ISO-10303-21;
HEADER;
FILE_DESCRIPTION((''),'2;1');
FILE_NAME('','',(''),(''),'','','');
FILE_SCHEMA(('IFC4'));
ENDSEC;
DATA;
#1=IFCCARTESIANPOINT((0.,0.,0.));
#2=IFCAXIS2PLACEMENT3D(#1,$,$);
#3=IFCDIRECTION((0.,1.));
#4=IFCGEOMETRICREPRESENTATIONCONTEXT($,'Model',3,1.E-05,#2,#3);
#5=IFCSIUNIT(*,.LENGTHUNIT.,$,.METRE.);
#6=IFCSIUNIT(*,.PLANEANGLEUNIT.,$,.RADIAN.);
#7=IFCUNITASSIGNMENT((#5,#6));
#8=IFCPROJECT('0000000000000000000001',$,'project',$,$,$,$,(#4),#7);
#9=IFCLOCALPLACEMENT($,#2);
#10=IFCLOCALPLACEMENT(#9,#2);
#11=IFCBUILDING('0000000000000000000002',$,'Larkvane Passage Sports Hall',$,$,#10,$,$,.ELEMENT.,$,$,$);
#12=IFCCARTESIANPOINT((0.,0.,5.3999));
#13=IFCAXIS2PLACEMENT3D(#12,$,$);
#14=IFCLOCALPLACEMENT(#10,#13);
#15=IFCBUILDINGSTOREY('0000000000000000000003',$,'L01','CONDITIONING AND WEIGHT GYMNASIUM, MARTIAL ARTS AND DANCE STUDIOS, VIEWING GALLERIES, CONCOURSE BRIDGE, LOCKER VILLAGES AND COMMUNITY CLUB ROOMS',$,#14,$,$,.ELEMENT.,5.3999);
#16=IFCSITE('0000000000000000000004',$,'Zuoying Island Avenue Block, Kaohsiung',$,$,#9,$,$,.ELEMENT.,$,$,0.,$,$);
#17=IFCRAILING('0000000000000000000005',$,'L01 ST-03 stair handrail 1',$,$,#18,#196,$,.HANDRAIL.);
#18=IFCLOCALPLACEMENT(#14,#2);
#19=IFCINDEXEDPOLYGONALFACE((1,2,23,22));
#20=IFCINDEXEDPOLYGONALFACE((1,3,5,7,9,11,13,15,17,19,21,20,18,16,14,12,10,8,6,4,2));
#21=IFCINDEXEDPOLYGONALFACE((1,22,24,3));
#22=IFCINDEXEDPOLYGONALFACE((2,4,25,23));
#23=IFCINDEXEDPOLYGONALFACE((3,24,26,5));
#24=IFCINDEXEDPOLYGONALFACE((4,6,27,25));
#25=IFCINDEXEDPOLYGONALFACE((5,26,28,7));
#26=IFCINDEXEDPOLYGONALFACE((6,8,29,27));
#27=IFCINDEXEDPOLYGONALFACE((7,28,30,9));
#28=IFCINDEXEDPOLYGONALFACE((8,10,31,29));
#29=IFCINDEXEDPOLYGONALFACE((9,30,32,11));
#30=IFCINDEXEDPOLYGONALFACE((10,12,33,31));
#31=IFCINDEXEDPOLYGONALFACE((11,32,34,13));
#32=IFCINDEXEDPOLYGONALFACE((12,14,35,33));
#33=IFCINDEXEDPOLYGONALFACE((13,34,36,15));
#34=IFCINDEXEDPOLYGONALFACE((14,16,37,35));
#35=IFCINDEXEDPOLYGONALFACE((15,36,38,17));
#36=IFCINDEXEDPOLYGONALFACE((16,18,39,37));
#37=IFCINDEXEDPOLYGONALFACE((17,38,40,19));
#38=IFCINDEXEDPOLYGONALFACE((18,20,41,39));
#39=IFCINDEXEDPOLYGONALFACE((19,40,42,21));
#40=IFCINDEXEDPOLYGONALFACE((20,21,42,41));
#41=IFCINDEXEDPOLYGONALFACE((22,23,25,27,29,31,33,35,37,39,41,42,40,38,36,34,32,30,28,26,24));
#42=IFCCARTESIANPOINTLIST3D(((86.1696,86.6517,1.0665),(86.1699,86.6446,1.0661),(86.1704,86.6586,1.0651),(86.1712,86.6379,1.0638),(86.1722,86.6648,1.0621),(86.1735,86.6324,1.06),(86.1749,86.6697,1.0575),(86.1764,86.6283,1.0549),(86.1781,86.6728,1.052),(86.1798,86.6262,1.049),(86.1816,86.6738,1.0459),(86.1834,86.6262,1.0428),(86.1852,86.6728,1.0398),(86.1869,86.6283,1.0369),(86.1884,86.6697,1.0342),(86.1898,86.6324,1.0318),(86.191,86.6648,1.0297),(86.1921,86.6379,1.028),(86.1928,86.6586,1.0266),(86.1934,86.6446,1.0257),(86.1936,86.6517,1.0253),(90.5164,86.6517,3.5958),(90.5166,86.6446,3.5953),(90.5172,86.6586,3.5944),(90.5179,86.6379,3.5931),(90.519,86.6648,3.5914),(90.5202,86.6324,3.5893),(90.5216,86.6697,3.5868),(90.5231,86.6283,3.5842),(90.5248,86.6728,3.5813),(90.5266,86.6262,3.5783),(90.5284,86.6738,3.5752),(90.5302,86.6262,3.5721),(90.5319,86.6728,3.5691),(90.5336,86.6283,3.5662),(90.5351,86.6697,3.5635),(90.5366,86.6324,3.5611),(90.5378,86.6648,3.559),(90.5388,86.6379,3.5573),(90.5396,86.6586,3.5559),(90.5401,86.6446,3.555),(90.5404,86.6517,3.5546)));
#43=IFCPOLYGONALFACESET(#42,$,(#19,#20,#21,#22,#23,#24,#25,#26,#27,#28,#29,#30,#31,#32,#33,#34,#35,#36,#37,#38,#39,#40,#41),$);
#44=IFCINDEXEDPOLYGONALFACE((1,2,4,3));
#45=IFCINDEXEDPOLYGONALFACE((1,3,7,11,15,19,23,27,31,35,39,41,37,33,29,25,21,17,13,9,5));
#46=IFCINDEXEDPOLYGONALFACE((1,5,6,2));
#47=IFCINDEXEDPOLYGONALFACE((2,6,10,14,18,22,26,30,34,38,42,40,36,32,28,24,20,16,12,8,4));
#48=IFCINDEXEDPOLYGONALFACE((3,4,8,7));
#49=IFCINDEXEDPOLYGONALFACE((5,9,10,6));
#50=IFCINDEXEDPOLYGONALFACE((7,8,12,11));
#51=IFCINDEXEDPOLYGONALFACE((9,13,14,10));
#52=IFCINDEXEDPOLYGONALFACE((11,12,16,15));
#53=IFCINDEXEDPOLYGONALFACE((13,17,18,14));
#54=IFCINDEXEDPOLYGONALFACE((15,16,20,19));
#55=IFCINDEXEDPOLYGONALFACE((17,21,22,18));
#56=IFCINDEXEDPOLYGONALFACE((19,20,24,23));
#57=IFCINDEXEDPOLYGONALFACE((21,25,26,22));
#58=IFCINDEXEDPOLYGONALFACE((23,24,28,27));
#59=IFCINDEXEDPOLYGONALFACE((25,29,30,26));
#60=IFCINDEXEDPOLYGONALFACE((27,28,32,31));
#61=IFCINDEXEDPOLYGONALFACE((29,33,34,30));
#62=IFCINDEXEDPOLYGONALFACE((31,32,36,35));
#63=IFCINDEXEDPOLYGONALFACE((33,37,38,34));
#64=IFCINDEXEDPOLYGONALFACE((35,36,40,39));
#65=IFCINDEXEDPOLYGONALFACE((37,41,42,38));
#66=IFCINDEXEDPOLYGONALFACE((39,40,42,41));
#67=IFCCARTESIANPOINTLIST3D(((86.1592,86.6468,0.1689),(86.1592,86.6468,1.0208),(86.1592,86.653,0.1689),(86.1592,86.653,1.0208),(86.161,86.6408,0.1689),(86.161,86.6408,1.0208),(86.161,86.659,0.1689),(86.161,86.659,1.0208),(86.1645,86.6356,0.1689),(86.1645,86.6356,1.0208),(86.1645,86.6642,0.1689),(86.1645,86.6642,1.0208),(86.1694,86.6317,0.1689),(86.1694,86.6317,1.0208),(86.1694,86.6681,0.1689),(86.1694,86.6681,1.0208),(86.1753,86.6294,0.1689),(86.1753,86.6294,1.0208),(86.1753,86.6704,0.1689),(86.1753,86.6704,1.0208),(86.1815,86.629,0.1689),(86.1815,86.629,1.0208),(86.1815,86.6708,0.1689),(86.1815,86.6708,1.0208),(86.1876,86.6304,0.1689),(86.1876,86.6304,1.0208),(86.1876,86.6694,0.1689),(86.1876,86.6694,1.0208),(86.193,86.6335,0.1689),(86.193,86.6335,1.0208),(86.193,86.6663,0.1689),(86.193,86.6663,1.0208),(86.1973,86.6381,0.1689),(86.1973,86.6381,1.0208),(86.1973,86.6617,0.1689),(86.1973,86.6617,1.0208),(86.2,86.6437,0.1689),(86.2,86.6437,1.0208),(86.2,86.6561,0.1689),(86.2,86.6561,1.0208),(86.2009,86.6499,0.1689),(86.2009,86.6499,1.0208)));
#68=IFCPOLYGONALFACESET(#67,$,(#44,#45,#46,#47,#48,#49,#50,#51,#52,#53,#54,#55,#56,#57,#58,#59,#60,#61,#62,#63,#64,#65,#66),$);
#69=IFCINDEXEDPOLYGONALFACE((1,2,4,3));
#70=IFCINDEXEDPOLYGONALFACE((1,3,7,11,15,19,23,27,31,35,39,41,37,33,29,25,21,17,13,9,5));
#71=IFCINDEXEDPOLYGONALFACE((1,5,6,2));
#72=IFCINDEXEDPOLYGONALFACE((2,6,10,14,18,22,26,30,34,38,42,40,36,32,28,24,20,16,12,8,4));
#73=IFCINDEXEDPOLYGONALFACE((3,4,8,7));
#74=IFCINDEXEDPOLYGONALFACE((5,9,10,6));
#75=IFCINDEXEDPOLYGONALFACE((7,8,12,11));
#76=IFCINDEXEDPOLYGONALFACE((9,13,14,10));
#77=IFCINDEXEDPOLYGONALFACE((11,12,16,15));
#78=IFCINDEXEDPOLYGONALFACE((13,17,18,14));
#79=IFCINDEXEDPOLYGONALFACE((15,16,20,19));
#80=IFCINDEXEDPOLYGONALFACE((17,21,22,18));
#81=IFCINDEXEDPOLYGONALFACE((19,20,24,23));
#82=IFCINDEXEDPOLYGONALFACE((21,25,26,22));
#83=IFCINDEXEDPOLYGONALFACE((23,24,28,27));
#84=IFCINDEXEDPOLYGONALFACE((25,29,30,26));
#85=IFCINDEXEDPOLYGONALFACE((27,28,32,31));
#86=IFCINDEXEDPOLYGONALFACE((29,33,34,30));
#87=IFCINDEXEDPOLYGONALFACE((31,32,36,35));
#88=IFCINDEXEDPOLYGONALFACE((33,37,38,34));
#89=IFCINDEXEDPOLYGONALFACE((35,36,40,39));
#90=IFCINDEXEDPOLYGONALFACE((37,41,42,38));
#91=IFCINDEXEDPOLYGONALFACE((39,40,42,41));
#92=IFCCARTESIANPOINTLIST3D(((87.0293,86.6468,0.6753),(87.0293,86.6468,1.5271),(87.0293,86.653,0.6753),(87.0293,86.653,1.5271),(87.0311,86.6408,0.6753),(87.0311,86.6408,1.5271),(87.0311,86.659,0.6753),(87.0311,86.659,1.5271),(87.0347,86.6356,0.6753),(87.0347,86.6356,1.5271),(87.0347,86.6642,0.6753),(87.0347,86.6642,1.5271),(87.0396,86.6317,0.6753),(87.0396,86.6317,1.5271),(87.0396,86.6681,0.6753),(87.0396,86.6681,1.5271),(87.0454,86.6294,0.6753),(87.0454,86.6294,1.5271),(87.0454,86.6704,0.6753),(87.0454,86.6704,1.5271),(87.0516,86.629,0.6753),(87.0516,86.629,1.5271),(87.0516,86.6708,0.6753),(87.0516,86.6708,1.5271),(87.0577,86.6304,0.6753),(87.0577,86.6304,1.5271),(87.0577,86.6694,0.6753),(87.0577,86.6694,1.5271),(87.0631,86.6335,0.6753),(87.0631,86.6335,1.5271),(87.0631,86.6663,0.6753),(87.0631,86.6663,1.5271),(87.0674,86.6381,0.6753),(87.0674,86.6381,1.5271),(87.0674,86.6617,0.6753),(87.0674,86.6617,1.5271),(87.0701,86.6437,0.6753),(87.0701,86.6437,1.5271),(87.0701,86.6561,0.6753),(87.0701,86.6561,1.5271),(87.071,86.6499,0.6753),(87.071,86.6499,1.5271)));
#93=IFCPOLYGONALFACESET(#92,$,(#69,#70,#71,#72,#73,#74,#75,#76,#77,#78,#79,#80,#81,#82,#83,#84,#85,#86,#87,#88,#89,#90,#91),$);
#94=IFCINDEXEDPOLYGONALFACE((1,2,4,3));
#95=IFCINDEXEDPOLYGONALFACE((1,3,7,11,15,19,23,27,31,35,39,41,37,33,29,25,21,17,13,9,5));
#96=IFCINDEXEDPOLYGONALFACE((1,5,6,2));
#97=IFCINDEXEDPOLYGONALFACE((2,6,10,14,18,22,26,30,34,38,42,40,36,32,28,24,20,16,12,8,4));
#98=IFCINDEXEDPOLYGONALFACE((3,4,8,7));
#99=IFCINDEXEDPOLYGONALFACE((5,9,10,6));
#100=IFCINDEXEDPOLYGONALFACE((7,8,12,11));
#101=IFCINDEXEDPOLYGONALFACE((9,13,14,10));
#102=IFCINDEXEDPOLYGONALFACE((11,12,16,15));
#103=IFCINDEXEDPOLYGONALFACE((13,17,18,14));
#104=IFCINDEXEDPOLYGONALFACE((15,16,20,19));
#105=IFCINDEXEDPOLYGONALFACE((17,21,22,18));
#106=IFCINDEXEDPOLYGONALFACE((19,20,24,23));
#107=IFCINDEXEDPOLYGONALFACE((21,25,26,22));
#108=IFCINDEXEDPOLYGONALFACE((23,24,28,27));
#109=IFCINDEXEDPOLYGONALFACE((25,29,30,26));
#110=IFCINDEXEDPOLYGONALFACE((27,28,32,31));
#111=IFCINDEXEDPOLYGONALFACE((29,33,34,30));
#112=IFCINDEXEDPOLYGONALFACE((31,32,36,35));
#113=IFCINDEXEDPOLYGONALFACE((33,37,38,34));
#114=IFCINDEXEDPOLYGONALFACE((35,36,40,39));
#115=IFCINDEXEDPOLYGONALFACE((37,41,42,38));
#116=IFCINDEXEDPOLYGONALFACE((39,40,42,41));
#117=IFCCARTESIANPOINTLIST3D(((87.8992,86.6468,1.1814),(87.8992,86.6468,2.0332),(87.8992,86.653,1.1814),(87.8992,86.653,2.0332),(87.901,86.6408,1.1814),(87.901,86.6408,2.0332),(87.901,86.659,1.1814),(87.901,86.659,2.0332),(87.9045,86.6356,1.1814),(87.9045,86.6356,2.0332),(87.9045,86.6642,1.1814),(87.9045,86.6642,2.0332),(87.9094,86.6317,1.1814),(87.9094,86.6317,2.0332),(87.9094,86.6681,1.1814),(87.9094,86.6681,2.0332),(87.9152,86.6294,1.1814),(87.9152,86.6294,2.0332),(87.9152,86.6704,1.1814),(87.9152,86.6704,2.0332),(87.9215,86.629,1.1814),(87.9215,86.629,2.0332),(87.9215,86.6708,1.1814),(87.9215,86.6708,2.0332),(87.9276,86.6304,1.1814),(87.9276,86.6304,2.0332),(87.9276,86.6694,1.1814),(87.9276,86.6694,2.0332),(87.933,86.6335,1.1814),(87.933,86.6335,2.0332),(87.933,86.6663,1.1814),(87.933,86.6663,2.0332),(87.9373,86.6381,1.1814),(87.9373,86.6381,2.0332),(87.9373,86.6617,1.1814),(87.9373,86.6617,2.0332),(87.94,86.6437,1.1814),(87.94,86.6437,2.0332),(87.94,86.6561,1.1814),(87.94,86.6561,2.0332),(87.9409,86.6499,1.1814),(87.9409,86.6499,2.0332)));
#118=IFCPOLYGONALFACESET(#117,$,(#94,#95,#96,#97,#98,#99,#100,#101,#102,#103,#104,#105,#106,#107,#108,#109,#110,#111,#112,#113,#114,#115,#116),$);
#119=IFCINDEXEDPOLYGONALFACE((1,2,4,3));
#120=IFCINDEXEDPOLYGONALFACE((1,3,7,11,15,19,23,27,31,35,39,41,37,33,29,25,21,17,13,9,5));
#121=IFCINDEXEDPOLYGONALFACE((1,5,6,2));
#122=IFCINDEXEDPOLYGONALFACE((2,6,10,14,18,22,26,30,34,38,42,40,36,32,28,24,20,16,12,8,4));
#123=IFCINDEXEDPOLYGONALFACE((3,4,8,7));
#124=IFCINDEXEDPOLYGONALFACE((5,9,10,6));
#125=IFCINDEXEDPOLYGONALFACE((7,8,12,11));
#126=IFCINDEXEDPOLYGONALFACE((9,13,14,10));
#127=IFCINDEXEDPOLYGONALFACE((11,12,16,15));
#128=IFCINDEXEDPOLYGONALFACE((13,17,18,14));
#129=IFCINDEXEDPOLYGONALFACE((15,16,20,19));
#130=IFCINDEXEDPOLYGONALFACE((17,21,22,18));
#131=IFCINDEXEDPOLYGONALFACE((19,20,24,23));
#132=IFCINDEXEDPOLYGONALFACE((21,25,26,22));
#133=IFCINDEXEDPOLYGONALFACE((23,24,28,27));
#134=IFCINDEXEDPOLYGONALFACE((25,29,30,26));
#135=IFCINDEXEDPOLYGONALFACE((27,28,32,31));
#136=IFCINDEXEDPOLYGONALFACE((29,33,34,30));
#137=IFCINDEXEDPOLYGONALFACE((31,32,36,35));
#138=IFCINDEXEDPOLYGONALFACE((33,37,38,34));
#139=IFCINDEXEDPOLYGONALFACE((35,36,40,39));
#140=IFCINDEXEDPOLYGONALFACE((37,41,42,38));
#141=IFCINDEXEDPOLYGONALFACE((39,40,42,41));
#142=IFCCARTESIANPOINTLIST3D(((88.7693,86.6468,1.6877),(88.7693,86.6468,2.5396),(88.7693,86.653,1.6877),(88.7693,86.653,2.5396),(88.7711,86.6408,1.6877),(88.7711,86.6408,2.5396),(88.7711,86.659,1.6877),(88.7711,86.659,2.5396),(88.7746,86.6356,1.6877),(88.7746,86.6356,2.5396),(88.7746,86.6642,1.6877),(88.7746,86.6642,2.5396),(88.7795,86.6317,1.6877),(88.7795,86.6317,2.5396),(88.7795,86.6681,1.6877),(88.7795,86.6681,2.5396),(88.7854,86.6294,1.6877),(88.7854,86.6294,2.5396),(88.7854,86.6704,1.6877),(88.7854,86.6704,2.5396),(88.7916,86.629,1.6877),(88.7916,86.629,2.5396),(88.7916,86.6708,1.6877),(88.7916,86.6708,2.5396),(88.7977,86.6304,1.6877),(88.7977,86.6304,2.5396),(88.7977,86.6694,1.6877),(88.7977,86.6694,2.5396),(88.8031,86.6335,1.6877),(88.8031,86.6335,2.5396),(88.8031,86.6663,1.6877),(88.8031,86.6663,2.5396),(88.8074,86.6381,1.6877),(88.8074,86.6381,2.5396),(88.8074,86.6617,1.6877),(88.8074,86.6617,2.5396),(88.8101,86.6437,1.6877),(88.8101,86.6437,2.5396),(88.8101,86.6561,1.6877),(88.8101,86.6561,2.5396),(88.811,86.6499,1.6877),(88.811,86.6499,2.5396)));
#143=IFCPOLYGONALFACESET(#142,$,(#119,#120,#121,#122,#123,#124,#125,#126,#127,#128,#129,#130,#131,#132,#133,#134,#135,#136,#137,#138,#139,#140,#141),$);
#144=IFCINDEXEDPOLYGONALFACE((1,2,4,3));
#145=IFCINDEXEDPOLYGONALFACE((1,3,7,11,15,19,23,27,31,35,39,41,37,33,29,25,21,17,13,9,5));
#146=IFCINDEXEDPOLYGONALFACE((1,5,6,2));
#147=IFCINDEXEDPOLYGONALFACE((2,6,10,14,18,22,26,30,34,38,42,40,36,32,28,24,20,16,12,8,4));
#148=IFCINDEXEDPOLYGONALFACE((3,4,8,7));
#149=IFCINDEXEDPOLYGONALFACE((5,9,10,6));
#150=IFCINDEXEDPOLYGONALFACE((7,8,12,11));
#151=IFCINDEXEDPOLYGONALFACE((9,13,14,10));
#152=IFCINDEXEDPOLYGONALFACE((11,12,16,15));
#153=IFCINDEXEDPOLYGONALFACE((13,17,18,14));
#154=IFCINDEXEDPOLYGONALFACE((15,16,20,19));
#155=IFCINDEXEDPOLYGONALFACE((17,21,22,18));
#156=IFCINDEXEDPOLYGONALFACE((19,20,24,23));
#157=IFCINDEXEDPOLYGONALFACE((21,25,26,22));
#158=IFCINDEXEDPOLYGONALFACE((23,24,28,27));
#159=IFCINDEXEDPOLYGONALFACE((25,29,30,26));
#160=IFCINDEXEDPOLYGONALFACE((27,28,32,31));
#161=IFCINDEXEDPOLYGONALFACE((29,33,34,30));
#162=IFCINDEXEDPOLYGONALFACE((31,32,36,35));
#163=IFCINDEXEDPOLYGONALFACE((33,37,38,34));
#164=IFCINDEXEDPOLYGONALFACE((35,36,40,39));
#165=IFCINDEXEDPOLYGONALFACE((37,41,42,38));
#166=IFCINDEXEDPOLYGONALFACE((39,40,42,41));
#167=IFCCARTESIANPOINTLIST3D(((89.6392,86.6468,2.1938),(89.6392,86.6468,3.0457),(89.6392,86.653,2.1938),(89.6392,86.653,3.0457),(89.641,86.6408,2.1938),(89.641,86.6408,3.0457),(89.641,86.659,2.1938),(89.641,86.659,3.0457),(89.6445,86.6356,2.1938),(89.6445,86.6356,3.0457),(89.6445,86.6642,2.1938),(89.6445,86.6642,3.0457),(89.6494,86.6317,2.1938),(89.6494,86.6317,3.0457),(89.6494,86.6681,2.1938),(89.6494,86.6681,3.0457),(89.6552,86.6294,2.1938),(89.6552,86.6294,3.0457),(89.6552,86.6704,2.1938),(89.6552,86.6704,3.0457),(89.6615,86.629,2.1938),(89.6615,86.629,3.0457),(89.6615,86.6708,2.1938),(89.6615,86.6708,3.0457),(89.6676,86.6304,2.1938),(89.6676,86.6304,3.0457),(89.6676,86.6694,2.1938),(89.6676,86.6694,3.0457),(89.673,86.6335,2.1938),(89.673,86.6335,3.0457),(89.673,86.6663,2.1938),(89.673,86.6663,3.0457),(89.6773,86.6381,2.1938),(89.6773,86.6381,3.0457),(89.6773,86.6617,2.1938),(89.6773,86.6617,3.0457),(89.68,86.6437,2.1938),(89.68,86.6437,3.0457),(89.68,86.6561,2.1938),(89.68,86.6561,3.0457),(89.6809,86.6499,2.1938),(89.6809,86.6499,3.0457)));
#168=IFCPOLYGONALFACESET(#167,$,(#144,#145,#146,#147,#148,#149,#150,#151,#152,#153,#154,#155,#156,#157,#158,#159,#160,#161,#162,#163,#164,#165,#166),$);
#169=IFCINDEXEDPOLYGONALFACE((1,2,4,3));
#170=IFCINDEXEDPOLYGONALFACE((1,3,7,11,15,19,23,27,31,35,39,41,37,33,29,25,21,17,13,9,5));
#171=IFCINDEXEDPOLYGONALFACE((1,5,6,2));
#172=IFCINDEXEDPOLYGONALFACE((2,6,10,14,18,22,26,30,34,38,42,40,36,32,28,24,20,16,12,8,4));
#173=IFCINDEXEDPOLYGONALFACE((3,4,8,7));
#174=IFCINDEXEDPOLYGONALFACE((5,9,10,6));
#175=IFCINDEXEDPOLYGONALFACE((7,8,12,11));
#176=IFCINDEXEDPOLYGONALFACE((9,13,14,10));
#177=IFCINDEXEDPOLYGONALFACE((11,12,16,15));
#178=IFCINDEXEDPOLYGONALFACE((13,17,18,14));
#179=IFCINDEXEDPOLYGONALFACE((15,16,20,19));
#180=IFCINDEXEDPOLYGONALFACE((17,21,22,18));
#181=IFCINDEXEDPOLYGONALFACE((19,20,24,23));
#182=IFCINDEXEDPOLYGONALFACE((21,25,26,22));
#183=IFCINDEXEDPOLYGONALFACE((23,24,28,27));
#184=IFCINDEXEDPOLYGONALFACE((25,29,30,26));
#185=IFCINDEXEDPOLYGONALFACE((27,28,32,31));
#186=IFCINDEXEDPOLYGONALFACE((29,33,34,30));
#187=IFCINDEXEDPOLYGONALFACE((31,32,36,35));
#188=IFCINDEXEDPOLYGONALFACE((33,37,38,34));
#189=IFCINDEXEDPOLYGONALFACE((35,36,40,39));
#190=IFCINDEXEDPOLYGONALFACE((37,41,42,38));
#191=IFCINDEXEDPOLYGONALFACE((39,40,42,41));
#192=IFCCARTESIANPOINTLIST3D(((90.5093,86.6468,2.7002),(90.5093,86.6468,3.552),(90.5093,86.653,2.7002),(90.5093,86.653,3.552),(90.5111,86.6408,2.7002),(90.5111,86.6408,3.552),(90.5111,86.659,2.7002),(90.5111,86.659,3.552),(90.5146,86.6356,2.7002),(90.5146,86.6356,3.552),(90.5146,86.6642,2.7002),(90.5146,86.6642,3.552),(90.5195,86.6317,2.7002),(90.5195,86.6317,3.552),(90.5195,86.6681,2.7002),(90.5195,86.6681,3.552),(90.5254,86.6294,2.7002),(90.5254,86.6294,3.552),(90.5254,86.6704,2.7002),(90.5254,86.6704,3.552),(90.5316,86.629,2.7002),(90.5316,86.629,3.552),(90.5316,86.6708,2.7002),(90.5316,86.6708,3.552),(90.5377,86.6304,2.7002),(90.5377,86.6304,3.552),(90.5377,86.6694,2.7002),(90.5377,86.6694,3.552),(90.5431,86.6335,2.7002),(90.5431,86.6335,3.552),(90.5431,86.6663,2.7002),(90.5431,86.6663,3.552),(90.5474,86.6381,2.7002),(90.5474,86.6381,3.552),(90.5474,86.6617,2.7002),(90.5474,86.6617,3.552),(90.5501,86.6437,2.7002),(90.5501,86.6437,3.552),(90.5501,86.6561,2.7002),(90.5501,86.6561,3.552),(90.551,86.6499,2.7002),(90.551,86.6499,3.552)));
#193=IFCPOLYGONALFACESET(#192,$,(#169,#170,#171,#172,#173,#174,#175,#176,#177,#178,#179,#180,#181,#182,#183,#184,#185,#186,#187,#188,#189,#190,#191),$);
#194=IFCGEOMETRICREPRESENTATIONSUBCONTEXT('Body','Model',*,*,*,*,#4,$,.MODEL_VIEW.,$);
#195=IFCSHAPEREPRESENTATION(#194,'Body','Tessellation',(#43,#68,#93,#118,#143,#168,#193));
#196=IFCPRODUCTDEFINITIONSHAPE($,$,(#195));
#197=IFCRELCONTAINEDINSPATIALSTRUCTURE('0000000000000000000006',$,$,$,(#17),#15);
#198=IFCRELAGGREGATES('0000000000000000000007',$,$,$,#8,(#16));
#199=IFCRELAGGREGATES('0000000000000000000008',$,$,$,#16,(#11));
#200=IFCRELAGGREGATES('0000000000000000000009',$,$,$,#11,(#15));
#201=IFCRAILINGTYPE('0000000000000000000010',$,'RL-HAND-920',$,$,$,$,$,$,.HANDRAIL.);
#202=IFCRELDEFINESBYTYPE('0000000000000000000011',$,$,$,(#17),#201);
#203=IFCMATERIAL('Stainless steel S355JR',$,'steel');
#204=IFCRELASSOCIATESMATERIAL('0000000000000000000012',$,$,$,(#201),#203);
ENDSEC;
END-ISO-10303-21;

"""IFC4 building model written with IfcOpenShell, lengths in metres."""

from ifc_helpers import new_model, si_unit, direction, frame, origin, origin_2d, place, context, subcontext, project, spatial, circle, extrude, material, type_object, element, save


model = new_model("IFC4")

# Units and contexts
model_context = context("Model", 3, precision=1e-05, world=origin(), true_north=direction((0.0, 1.0)))
body_context = subcontext(model_context, "Body", "Model", "MODEL_VIEW")
ifc_project = project(units=[si_unit("LENGTHUNIT", "METRE"), si_unit("PLANEANGLEUNIT", "RADIAN")], contexts=[model_context])

# Site, building, storey
site_placement = place(None, origin())
site = spatial("IfcSite", under=ifc_project, at=site_placement, Name="Zuoying Island Avenue Block, Kaohsiung", CompositionType="ELEMENT", RefElevation=0.0)
building_placement = place(site_placement, origin())
building = spatial("IfcBuilding", under=site, at=building_placement, Name="Larkvane Passage Sports Hall", CompositionType="ELEMENT")
storey_placement = place(building_placement, frame((0.0, 0.0, 5.3999)))
storey = spatial("IfcBuildingStorey", under=building, at=storey_placement, Name="L01", Description="CONDITIONING AND WEIGHT GYMNASIUM, MARTIAL ARTS AND DANCE STUDIOS, VIEWING GALLERIES, CONCOURSE BRIDGE, LOCKER VILLAGES AND COMMUNITY CLUB ROOMS", CompositionType="ELEMENT", Elevation=5.3999)

# Railing
ifc_material_1 = material(Name="Stainless steel S355JR", Category="steel")
railing_type_1 = type_object("IfcRailingType", Name="RL-HAND-920", PredefinedType="HANDRAIL", material=ifc_material_1)
railing_1_placement = place(storey_placement, frame((86.1799, 86.6499, 0.1689)))
element("IfcRailing", 1, at=railing_1_placement, inside=storey, type_object=railing_type_1, Name="L01 ST-03 stair handrail 1", PredefinedType="HANDRAIL", context=body_context, shape_type="SweptSolid", body=[
    extrude(circle(Radius=0.0239, at=origin_2d()), frame((0.0017, 0.0, 0.877), z_axis=(0.864324, 0.0, 0.502936), x_axis=(0.0, 1.0, 0.0)), (0.0, 0.0, 1.0), 5.0291),
    extrude(circle(Radius=0.021, at=origin_2d()), origin(), (0.0, 0.0, 1.0), 0.8518),
    extrude(circle(Radius=0.021, at=origin_2d()), frame((0.8701, 0.0, 0.5063)), (0.0, 0.0, 1.0), 0.8518),
    extrude(circle(Radius=0.021, at=origin_2d()), frame((1.74, 0.0, 1.0125)), (0.0, 0.0, 1.0), 0.8518),
    extrude(circle(Radius=0.021, at=origin_2d()), frame((2.6101, 0.0, 1.5188)), (0.0, 0.0, 1.0), 0.8518),
    extrude(circle(Radius=0.021, at=origin_2d()), frame((3.48, 0.0, 2.0249)), (0.0, 0.0, 1.0), 0.8518),
    extrude(circle(Radius=0.021, at=origin_2d()), frame((4.3501, 0.0, 2.5312)), (0.0, 0.0, 1.0), 0.8518),
])

save(model, "model.ifc")
